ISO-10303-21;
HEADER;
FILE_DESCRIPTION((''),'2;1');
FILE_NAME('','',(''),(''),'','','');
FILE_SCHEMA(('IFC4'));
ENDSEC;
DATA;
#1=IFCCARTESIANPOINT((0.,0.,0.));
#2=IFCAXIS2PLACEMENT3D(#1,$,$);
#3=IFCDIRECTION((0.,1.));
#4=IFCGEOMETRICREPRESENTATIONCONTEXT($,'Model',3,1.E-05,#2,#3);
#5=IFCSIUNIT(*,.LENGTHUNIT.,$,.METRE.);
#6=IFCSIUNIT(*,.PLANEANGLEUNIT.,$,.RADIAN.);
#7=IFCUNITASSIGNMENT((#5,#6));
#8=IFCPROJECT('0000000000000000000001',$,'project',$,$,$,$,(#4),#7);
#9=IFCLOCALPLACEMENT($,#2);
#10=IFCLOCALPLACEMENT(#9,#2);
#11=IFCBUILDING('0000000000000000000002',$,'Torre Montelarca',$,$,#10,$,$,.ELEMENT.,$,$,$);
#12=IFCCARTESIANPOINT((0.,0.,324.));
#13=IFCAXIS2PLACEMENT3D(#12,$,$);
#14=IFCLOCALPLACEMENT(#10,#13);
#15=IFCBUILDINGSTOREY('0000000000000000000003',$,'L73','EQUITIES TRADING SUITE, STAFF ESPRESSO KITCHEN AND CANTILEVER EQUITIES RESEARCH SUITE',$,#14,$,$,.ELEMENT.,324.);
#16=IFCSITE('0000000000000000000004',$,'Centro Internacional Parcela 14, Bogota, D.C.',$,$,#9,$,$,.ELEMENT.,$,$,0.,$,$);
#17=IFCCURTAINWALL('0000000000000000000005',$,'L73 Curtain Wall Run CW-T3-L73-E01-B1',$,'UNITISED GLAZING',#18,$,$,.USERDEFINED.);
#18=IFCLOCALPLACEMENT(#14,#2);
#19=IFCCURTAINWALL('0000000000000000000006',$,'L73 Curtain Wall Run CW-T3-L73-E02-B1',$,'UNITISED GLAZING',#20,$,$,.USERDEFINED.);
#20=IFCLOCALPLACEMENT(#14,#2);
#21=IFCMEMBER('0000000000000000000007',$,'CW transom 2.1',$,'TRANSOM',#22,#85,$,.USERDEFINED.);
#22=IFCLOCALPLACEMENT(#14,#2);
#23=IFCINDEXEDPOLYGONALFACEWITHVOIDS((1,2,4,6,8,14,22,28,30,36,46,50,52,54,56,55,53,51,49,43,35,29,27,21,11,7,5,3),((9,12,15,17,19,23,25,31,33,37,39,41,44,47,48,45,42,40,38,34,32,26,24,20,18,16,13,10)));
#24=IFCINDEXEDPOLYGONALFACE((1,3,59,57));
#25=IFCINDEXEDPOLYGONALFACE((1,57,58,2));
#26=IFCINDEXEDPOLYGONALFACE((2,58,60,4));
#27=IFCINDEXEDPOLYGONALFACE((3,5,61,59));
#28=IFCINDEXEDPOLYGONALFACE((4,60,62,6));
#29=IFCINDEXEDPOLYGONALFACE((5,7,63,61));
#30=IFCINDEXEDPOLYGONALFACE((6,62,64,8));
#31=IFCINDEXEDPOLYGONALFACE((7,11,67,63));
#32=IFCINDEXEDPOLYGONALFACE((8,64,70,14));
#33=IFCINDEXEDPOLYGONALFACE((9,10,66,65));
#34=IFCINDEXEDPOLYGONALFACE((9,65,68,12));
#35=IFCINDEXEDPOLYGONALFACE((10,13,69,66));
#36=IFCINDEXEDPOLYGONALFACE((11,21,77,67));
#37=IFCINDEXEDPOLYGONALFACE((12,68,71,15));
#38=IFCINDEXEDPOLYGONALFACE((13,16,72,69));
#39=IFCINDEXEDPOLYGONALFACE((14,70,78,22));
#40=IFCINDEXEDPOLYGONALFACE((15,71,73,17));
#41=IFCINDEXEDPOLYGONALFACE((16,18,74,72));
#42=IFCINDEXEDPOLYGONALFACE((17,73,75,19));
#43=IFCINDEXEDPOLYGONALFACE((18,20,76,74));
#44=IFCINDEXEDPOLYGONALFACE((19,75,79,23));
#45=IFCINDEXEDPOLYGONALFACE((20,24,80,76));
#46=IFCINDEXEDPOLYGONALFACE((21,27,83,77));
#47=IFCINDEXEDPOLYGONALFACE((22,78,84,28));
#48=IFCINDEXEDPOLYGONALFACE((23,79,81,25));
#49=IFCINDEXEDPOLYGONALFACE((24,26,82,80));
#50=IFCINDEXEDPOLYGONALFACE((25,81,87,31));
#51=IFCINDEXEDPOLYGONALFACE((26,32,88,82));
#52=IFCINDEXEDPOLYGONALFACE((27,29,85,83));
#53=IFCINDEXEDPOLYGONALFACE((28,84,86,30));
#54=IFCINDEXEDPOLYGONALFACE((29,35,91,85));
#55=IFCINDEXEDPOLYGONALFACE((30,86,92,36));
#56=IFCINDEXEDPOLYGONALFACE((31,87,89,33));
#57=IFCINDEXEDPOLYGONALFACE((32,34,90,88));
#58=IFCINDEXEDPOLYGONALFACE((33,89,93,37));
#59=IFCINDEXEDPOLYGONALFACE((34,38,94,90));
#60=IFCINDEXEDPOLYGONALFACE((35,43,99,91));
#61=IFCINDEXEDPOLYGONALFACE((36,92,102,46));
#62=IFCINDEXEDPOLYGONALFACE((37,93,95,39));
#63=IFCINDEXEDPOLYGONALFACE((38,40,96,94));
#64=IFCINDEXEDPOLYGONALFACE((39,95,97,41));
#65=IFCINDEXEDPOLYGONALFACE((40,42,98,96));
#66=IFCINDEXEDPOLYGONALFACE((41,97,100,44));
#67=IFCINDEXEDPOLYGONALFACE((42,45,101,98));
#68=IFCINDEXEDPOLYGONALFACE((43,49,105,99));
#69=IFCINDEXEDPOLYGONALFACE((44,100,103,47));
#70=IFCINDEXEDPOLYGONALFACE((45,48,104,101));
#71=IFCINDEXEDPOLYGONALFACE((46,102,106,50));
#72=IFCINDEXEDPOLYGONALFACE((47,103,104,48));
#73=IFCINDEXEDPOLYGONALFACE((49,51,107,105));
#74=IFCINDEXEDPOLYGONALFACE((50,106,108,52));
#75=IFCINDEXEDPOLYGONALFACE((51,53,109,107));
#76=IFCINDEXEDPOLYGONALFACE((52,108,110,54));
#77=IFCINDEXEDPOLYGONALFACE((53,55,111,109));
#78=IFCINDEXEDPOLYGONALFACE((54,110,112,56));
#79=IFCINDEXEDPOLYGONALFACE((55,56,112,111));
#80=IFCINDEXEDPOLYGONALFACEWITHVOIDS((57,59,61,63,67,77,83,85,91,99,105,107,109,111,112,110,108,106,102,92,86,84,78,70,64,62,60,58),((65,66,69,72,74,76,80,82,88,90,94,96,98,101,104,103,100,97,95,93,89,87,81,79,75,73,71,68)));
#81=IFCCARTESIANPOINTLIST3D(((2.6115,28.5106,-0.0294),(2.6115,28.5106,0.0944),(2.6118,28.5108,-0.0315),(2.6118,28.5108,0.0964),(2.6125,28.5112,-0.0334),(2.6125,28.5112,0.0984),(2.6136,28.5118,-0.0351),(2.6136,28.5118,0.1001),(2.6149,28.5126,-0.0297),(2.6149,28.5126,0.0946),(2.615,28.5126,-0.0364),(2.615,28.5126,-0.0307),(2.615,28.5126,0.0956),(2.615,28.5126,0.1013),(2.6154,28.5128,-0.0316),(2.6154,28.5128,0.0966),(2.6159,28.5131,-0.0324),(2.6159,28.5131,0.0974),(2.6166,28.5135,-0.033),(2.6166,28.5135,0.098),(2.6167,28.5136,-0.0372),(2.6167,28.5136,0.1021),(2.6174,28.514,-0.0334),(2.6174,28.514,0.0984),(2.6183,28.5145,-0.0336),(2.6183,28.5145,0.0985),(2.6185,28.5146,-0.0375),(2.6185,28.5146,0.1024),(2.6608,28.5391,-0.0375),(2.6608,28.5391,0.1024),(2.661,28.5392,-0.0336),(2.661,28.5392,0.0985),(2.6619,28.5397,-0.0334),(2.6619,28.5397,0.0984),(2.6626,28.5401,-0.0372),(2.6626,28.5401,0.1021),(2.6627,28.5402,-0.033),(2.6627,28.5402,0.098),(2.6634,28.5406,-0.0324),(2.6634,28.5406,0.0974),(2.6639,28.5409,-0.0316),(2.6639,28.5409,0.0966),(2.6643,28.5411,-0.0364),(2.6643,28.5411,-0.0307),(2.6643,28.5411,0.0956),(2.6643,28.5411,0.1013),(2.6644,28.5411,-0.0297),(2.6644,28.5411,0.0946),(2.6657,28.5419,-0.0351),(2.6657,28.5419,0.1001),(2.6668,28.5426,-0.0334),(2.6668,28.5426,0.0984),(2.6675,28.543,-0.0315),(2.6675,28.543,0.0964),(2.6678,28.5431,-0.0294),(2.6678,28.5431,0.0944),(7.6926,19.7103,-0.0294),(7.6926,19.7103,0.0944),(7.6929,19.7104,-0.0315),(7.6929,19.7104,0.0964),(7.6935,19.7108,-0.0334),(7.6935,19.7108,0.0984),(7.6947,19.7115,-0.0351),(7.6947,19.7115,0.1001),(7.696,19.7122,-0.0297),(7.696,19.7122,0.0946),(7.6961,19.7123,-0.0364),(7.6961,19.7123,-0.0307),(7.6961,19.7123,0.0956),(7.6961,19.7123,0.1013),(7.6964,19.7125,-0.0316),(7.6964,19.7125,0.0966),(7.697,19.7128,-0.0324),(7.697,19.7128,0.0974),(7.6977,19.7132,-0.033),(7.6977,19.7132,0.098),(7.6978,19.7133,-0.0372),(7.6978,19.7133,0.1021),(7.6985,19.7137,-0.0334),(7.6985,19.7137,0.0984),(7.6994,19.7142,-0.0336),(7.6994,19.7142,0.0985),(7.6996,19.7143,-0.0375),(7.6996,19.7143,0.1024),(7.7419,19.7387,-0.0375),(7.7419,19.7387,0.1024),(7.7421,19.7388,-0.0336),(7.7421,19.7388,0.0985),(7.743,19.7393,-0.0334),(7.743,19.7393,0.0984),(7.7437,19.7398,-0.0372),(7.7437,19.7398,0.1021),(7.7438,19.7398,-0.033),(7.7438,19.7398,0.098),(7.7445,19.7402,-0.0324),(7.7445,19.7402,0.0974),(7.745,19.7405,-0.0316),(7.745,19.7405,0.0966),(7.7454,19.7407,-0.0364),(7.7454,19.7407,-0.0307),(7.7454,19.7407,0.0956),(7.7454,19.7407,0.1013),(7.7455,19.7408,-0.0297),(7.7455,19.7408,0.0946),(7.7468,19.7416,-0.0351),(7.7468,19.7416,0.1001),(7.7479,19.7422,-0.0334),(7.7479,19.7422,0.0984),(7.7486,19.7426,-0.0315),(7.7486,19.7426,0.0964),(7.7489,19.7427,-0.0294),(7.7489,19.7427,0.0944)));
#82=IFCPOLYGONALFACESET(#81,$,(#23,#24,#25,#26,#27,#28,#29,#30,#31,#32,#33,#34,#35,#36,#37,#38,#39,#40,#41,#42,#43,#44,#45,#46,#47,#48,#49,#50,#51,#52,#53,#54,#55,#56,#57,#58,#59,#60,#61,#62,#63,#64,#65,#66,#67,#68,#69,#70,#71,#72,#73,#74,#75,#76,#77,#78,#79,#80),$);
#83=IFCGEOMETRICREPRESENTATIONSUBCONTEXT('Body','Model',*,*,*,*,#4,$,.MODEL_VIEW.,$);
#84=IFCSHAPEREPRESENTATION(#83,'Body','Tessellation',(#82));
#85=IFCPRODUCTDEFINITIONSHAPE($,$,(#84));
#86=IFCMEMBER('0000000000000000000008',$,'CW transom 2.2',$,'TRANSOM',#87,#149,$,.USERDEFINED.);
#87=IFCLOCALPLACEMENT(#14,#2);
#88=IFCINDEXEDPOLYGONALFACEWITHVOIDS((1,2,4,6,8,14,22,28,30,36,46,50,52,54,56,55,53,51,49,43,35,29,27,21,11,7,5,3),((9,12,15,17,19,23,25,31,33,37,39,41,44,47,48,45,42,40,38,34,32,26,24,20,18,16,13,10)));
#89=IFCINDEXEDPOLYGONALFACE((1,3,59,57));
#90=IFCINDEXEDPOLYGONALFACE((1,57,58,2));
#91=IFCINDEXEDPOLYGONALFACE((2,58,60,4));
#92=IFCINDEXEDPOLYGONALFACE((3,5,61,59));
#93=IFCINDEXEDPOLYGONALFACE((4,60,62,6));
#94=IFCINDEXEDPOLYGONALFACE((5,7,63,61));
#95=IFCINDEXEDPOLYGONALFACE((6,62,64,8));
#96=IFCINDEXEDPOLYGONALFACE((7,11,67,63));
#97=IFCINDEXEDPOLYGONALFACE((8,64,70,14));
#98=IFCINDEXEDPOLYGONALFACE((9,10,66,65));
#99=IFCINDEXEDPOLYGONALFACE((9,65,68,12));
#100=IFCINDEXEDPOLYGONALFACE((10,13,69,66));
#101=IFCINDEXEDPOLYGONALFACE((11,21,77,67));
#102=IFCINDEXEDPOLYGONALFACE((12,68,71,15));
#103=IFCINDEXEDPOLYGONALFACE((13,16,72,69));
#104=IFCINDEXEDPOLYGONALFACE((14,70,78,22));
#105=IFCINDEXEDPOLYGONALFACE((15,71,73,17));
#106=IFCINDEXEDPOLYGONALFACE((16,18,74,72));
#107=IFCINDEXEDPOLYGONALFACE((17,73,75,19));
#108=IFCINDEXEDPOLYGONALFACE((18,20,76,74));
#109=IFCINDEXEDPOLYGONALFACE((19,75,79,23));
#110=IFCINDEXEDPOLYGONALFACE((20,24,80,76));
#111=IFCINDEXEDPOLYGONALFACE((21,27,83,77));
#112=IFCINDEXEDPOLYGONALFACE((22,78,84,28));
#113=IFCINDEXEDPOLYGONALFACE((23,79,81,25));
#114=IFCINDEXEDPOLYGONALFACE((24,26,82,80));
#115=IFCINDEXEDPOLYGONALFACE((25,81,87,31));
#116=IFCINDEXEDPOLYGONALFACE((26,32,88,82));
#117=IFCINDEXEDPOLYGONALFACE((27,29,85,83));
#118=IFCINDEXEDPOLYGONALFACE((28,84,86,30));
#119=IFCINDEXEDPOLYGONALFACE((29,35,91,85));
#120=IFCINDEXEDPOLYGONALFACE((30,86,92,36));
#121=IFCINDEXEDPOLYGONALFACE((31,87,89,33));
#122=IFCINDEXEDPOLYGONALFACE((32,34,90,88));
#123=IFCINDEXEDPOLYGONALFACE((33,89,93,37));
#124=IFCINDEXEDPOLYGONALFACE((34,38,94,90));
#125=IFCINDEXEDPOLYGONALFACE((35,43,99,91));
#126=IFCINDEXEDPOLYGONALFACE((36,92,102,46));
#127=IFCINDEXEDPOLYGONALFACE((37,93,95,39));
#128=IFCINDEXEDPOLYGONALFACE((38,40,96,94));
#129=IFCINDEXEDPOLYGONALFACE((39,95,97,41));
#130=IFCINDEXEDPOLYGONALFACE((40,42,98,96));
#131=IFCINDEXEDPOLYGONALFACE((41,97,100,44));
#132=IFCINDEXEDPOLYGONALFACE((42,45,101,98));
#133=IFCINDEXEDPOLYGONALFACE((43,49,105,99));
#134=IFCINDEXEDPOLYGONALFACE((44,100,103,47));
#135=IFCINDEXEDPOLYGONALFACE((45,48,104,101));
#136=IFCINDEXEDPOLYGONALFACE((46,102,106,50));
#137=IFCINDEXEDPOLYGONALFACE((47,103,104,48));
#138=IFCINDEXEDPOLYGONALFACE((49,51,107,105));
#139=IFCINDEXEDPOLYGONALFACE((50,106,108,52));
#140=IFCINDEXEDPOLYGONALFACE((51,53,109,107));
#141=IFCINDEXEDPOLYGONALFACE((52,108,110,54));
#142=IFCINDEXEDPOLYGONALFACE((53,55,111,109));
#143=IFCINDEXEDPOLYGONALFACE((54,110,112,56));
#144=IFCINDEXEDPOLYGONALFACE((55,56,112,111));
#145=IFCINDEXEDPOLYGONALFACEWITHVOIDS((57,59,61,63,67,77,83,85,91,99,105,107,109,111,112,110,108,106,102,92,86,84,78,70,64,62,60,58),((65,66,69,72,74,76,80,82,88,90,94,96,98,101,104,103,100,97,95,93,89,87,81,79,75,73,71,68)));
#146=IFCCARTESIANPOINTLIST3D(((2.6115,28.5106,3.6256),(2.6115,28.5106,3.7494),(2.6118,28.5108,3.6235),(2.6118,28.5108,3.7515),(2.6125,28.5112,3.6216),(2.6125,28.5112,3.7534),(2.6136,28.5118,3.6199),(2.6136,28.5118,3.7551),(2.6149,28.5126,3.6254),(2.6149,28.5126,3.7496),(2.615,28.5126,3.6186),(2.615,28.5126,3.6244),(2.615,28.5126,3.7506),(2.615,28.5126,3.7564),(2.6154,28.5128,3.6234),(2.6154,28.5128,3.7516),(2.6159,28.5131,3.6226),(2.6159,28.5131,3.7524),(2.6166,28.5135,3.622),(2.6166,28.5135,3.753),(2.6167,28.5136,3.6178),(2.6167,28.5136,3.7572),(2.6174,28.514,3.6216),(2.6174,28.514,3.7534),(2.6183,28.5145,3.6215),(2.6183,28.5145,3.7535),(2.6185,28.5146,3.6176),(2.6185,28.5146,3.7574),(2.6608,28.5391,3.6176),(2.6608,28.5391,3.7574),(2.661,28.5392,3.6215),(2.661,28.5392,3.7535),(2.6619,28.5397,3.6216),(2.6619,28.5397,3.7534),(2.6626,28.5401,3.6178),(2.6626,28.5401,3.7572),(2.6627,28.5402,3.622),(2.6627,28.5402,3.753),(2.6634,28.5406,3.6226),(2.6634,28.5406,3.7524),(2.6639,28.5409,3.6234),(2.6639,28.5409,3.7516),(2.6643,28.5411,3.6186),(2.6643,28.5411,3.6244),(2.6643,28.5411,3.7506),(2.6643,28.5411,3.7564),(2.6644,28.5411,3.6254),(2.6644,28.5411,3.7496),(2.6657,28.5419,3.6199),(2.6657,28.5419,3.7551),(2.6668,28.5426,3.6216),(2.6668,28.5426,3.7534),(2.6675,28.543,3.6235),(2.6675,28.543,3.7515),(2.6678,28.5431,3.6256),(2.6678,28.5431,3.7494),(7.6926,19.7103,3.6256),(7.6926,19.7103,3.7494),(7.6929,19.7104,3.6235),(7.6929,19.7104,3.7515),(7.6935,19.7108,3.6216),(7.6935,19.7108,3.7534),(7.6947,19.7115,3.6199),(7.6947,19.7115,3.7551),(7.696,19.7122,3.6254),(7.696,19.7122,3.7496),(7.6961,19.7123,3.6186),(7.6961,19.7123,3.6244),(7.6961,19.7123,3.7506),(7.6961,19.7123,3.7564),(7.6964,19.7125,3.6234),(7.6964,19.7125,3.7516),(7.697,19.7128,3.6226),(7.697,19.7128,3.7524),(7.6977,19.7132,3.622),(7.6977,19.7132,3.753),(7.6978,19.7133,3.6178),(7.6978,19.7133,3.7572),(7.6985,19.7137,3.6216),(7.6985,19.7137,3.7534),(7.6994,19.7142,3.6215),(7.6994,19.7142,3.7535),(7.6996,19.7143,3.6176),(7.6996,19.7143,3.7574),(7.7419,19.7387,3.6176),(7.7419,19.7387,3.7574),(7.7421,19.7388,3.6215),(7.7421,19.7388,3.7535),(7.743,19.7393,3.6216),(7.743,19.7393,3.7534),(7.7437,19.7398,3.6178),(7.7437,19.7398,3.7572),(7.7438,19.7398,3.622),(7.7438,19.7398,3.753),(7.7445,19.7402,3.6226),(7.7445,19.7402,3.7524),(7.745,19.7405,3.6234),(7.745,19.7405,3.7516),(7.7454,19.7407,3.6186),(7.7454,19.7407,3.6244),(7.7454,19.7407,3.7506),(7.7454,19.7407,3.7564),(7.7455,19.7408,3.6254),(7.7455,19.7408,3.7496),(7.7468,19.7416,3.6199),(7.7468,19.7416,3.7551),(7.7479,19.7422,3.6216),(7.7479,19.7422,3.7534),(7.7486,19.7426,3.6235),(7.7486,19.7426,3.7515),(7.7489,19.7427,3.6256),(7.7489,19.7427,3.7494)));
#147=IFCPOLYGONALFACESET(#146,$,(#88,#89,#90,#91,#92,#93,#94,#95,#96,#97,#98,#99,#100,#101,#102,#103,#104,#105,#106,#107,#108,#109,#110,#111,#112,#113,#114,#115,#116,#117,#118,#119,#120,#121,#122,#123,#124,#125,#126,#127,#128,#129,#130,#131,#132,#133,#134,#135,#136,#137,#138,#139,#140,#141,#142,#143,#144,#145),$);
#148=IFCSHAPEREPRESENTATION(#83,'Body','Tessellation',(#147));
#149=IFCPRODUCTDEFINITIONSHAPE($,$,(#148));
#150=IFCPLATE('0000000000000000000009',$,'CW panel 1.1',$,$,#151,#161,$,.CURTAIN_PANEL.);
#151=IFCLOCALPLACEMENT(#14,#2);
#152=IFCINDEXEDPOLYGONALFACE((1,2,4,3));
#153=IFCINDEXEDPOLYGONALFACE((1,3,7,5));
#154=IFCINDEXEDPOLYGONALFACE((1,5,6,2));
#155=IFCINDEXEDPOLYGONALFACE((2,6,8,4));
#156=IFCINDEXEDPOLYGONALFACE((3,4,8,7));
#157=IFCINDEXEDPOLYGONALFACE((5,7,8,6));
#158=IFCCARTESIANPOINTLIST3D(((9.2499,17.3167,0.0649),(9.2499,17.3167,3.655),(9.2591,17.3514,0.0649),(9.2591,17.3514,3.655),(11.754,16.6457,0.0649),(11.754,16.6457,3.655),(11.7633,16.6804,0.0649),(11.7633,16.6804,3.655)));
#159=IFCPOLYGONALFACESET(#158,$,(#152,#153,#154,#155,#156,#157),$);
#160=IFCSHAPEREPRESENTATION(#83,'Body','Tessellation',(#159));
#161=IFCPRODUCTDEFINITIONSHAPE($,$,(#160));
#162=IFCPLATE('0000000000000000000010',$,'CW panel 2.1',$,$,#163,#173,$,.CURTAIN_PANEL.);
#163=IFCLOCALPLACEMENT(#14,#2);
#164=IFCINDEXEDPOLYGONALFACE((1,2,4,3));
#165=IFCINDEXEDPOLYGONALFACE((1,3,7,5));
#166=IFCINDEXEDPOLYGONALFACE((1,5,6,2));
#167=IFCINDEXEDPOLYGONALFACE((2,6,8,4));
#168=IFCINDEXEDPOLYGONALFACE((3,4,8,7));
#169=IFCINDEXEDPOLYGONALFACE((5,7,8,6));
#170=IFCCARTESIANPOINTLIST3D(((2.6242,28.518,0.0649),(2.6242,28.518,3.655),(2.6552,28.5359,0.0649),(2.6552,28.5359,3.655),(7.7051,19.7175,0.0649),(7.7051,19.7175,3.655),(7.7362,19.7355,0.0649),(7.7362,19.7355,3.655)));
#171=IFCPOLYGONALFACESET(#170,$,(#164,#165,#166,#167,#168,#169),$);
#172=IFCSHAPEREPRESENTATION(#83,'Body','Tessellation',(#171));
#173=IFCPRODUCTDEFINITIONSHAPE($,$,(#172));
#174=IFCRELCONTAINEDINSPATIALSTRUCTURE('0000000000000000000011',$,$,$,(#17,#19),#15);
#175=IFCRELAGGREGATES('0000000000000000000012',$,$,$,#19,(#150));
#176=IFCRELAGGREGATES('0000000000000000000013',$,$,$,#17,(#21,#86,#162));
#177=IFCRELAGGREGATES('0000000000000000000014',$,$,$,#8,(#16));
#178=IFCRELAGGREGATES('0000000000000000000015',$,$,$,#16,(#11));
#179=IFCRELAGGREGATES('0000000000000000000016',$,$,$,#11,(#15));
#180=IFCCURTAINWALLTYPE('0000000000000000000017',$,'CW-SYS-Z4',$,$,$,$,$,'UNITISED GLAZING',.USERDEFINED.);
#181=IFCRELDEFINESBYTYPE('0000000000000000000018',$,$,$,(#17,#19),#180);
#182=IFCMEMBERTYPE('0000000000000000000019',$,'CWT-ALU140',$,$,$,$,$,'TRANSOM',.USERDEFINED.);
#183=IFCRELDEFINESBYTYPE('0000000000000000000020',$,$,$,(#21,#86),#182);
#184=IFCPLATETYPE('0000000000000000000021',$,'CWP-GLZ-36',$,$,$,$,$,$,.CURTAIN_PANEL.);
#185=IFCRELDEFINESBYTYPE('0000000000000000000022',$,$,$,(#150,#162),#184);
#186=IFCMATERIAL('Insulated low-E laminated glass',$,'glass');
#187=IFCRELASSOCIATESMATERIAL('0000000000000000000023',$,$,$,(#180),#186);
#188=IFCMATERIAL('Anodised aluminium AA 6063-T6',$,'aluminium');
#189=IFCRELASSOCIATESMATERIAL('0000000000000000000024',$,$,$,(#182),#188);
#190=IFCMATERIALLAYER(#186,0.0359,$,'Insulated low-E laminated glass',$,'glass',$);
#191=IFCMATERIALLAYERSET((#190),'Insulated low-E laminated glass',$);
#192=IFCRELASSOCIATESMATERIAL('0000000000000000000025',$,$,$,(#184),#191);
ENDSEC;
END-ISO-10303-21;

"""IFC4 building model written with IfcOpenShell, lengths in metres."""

from ifc_helpers import new_model, si_unit, direction, frame, origin, origin_2d, place, context, subcontext, project, spatial, rectangle, hollow_rectangle, extrude, source, transform, mapped, material, layer, layer_set, material_profile, profile_set, type_object, element, aggregate, save


model = new_model("IFC4")

# Units and contexts
model_context = context("Model", 3, precision=1e-05, world=origin(), true_north=direction((0.0, 1.0)))
body_context = subcontext(model_context, "Body", "Model", "MODEL_VIEW")
ifc_project = project(units=[si_unit("LENGTHUNIT", "METRE"), si_unit("PLANEANGLEUNIT", "RADIAN")], contexts=[model_context])

# Site, building, storey
site_placement = place(None, origin())
site = spatial("IfcSite", under=ifc_project, at=site_placement, Name="Centro Internacional Parcela 14, Bogota, D.C.", CompositionType="ELEMENT", RefElevation=0.0)
building_placement = place(site_placement, origin())
building = spatial("IfcBuilding", under=site, at=building_placement, Name="Torre Montelarca", CompositionType="ELEMENT")
storey_placement = place(building_placement, frame((0.0, 0.0, 324.0)))
storey = spatial("IfcBuildingStorey", under=building, at=storey_placement, Name="L73", Description="EQUITIES TRADING SUITE, STAFF ESPRESSO KITCHEN AND CANTILEVER EQUITIES RESEARCH SUITE", CompositionType="ELEMENT", Elevation=324.0)

# Curtain walls
ifc_material_1 = material(Name="Insulated low-E laminated glass", Category="glass")
curtain_wall_type = type_object("IfcCurtainWallType", Name="CW-SYS-Z4", ElementType="UNITISED GLAZING", PredefinedType="USERDEFINED", material=ifc_material_1)
curtain_wall_1_placement = place(storey_placement, origin())
curtain_wall_1 = element("IfcCurtainWall", 1, at=curtain_wall_1_placement, inside=storey, type_object=curtain_wall_type, Name="L73 Curtain Wall Run CW-T3-L73-E01-B1", ObjectType="UNITISED GLAZING", PredefinedType="USERDEFINED")
ifc_material_2 = material(Name="Anodised aluminium AA 6063-T6", Category="aluminium")
curtain_wall_2_placement = place(storey_placement, origin())
curtain_wall_2 = element("IfcCurtainWall", 2, at=curtain_wall_2_placement, inside=storey, type_object=curtain_wall_type, Name="L73 Curtain Wall Run CW-T3-L73-E02-B1", ObjectType="UNITISED GLAZING", PredefinedType="USERDEFINED")
ifc_material_profile_1 = material_profile(ifc_material_2, hollow_rectangle(XDim=0.0649, YDim=0.1399, WallThickness=0.0039, InnerFilletRadius=0.0039, OuterFilletRadius=0.0081, at=origin_2d()), Name="ALU65X140X4", Category="aluminium")
ifc_profile_set_1 = profile_set([ifc_material_profile_1], Name="Anodised aluminium AA 6063-T6")
member_type_1 = type_object("IfcMemberType", Name="CWT-ALU140", ElementType="TRANSOM", PredefinedType="USERDEFINED", material=ifc_profile_set_1)

# Members
shared_shape_1 = source(origin(), body_context, "Body", "SweptSolid", [
    extrude(hollow_rectangle(XDim=0.0649, YDim=0.1399, WallThickness=0.0039, InnerFilletRadius=0.0039, OuterFilletRadius=0.0081, at=origin_2d()), origin(), (0.0, 0.0, 1.0), 10.1619),
])
member_1_placement = place(storey_placement, frame((2.6396, 28.5269, 0.0325), z_axis=(0.500015, -0.866017, 0.0), x_axis=(0.866017, 0.500015, 0.0)))
member_1 = element("IfcMember", 3, at=member_1_placement, type_object=member_type_1, Name="CW transom 2.1", ObjectType="TRANSOM", PredefinedType="USERDEFINED", context=body_context, shape_type="MappedRepresentation", body=[
    mapped(shared_shape_1, transform((0.0, 0.0, 0.0), scale=1.0)),
])
member_2_placement = place(storey_placement, frame((2.6396, 28.5269, 3.6875), z_axis=(0.500015, -0.866017, 0.0), x_axis=(0.866017, 0.500015, 0.0)))
member_2 = element("IfcMember", 4, at=member_2_placement, type_object=member_type_1, Name="CW transom 2.2", ObjectType="TRANSOM", PredefinedType="USERDEFINED", context=body_context, shape_type="MappedRepresentation", body=[
    mapped(shared_shape_1, transform((0.0, 0.0, 0.0), scale=1.0)),
])

# Plates
ifc_layer_1 = layer(ifc_material_1, 0.0359, Name="Insulated low-E laminated glass", Category="glass")
ifc_layer_set_1 = layer_set([ifc_layer_1], Name="Insulated low-E laminated glass")
plate_type = type_object("IfcPlateType", Name="CWP-GLZ-36", PredefinedType="CURTAIN_PANEL", material=ifc_layer_set_1)
shared_shape_2 = source(origin(), body_context, "Body", "SweptSolid", [
    extrude(rectangle(XDim=2.5925, YDim=0.0359, at=origin_2d()), origin(), (0.0, 0.0, 1.0), 3.5901),
])
plate_1_placement = place(storey_placement, frame((10.5066, 16.9985, 0.0649), z_axis=(0.0, 0.0, 1.0), x_axis=(0.965926, -0.25882, 0.0)))
plate_1 = element("IfcPlate", 5, at=plate_1_placement, type_object=plate_type, Name="CW panel 1.1", PredefinedType="CURTAIN_PANEL", context=body_context, shape_type="MappedRepresentation", body=[
    mapped(shared_shape_2, transform((0.0, 0.0, 0.0), scale=1.0)),
])
aggregate(curtain_wall_2, [plate_1])
shared_shape_3 = source(origin(), body_context, "Body", "SweptSolid", [
    extrude(rectangle(XDim=10.1619, YDim=0.0359, at=origin_2d()), origin(), (0.0, 0.0, 1.0), 3.5901),
])
plate_2_placement = place(storey_placement, frame((5.1802, 24.1267, 0.0649), z_axis=(0.0, 0.0, 1.0), x_axis=(0.5, -0.866025, 0.0)))
plate_2 = element("IfcPlate", 6, at=plate_2_placement, type_object=plate_type, Name="CW panel 2.1", PredefinedType="CURTAIN_PANEL", context=body_context, shape_type="MappedRepresentation", body=[
    mapped(shared_shape_3, transform((0.0, 0.0, 0.0), scale=1.0)),
])
aggregate(curtain_wall_1, [member_1, member_2, plate_2])

save(model, "model.ifc")
